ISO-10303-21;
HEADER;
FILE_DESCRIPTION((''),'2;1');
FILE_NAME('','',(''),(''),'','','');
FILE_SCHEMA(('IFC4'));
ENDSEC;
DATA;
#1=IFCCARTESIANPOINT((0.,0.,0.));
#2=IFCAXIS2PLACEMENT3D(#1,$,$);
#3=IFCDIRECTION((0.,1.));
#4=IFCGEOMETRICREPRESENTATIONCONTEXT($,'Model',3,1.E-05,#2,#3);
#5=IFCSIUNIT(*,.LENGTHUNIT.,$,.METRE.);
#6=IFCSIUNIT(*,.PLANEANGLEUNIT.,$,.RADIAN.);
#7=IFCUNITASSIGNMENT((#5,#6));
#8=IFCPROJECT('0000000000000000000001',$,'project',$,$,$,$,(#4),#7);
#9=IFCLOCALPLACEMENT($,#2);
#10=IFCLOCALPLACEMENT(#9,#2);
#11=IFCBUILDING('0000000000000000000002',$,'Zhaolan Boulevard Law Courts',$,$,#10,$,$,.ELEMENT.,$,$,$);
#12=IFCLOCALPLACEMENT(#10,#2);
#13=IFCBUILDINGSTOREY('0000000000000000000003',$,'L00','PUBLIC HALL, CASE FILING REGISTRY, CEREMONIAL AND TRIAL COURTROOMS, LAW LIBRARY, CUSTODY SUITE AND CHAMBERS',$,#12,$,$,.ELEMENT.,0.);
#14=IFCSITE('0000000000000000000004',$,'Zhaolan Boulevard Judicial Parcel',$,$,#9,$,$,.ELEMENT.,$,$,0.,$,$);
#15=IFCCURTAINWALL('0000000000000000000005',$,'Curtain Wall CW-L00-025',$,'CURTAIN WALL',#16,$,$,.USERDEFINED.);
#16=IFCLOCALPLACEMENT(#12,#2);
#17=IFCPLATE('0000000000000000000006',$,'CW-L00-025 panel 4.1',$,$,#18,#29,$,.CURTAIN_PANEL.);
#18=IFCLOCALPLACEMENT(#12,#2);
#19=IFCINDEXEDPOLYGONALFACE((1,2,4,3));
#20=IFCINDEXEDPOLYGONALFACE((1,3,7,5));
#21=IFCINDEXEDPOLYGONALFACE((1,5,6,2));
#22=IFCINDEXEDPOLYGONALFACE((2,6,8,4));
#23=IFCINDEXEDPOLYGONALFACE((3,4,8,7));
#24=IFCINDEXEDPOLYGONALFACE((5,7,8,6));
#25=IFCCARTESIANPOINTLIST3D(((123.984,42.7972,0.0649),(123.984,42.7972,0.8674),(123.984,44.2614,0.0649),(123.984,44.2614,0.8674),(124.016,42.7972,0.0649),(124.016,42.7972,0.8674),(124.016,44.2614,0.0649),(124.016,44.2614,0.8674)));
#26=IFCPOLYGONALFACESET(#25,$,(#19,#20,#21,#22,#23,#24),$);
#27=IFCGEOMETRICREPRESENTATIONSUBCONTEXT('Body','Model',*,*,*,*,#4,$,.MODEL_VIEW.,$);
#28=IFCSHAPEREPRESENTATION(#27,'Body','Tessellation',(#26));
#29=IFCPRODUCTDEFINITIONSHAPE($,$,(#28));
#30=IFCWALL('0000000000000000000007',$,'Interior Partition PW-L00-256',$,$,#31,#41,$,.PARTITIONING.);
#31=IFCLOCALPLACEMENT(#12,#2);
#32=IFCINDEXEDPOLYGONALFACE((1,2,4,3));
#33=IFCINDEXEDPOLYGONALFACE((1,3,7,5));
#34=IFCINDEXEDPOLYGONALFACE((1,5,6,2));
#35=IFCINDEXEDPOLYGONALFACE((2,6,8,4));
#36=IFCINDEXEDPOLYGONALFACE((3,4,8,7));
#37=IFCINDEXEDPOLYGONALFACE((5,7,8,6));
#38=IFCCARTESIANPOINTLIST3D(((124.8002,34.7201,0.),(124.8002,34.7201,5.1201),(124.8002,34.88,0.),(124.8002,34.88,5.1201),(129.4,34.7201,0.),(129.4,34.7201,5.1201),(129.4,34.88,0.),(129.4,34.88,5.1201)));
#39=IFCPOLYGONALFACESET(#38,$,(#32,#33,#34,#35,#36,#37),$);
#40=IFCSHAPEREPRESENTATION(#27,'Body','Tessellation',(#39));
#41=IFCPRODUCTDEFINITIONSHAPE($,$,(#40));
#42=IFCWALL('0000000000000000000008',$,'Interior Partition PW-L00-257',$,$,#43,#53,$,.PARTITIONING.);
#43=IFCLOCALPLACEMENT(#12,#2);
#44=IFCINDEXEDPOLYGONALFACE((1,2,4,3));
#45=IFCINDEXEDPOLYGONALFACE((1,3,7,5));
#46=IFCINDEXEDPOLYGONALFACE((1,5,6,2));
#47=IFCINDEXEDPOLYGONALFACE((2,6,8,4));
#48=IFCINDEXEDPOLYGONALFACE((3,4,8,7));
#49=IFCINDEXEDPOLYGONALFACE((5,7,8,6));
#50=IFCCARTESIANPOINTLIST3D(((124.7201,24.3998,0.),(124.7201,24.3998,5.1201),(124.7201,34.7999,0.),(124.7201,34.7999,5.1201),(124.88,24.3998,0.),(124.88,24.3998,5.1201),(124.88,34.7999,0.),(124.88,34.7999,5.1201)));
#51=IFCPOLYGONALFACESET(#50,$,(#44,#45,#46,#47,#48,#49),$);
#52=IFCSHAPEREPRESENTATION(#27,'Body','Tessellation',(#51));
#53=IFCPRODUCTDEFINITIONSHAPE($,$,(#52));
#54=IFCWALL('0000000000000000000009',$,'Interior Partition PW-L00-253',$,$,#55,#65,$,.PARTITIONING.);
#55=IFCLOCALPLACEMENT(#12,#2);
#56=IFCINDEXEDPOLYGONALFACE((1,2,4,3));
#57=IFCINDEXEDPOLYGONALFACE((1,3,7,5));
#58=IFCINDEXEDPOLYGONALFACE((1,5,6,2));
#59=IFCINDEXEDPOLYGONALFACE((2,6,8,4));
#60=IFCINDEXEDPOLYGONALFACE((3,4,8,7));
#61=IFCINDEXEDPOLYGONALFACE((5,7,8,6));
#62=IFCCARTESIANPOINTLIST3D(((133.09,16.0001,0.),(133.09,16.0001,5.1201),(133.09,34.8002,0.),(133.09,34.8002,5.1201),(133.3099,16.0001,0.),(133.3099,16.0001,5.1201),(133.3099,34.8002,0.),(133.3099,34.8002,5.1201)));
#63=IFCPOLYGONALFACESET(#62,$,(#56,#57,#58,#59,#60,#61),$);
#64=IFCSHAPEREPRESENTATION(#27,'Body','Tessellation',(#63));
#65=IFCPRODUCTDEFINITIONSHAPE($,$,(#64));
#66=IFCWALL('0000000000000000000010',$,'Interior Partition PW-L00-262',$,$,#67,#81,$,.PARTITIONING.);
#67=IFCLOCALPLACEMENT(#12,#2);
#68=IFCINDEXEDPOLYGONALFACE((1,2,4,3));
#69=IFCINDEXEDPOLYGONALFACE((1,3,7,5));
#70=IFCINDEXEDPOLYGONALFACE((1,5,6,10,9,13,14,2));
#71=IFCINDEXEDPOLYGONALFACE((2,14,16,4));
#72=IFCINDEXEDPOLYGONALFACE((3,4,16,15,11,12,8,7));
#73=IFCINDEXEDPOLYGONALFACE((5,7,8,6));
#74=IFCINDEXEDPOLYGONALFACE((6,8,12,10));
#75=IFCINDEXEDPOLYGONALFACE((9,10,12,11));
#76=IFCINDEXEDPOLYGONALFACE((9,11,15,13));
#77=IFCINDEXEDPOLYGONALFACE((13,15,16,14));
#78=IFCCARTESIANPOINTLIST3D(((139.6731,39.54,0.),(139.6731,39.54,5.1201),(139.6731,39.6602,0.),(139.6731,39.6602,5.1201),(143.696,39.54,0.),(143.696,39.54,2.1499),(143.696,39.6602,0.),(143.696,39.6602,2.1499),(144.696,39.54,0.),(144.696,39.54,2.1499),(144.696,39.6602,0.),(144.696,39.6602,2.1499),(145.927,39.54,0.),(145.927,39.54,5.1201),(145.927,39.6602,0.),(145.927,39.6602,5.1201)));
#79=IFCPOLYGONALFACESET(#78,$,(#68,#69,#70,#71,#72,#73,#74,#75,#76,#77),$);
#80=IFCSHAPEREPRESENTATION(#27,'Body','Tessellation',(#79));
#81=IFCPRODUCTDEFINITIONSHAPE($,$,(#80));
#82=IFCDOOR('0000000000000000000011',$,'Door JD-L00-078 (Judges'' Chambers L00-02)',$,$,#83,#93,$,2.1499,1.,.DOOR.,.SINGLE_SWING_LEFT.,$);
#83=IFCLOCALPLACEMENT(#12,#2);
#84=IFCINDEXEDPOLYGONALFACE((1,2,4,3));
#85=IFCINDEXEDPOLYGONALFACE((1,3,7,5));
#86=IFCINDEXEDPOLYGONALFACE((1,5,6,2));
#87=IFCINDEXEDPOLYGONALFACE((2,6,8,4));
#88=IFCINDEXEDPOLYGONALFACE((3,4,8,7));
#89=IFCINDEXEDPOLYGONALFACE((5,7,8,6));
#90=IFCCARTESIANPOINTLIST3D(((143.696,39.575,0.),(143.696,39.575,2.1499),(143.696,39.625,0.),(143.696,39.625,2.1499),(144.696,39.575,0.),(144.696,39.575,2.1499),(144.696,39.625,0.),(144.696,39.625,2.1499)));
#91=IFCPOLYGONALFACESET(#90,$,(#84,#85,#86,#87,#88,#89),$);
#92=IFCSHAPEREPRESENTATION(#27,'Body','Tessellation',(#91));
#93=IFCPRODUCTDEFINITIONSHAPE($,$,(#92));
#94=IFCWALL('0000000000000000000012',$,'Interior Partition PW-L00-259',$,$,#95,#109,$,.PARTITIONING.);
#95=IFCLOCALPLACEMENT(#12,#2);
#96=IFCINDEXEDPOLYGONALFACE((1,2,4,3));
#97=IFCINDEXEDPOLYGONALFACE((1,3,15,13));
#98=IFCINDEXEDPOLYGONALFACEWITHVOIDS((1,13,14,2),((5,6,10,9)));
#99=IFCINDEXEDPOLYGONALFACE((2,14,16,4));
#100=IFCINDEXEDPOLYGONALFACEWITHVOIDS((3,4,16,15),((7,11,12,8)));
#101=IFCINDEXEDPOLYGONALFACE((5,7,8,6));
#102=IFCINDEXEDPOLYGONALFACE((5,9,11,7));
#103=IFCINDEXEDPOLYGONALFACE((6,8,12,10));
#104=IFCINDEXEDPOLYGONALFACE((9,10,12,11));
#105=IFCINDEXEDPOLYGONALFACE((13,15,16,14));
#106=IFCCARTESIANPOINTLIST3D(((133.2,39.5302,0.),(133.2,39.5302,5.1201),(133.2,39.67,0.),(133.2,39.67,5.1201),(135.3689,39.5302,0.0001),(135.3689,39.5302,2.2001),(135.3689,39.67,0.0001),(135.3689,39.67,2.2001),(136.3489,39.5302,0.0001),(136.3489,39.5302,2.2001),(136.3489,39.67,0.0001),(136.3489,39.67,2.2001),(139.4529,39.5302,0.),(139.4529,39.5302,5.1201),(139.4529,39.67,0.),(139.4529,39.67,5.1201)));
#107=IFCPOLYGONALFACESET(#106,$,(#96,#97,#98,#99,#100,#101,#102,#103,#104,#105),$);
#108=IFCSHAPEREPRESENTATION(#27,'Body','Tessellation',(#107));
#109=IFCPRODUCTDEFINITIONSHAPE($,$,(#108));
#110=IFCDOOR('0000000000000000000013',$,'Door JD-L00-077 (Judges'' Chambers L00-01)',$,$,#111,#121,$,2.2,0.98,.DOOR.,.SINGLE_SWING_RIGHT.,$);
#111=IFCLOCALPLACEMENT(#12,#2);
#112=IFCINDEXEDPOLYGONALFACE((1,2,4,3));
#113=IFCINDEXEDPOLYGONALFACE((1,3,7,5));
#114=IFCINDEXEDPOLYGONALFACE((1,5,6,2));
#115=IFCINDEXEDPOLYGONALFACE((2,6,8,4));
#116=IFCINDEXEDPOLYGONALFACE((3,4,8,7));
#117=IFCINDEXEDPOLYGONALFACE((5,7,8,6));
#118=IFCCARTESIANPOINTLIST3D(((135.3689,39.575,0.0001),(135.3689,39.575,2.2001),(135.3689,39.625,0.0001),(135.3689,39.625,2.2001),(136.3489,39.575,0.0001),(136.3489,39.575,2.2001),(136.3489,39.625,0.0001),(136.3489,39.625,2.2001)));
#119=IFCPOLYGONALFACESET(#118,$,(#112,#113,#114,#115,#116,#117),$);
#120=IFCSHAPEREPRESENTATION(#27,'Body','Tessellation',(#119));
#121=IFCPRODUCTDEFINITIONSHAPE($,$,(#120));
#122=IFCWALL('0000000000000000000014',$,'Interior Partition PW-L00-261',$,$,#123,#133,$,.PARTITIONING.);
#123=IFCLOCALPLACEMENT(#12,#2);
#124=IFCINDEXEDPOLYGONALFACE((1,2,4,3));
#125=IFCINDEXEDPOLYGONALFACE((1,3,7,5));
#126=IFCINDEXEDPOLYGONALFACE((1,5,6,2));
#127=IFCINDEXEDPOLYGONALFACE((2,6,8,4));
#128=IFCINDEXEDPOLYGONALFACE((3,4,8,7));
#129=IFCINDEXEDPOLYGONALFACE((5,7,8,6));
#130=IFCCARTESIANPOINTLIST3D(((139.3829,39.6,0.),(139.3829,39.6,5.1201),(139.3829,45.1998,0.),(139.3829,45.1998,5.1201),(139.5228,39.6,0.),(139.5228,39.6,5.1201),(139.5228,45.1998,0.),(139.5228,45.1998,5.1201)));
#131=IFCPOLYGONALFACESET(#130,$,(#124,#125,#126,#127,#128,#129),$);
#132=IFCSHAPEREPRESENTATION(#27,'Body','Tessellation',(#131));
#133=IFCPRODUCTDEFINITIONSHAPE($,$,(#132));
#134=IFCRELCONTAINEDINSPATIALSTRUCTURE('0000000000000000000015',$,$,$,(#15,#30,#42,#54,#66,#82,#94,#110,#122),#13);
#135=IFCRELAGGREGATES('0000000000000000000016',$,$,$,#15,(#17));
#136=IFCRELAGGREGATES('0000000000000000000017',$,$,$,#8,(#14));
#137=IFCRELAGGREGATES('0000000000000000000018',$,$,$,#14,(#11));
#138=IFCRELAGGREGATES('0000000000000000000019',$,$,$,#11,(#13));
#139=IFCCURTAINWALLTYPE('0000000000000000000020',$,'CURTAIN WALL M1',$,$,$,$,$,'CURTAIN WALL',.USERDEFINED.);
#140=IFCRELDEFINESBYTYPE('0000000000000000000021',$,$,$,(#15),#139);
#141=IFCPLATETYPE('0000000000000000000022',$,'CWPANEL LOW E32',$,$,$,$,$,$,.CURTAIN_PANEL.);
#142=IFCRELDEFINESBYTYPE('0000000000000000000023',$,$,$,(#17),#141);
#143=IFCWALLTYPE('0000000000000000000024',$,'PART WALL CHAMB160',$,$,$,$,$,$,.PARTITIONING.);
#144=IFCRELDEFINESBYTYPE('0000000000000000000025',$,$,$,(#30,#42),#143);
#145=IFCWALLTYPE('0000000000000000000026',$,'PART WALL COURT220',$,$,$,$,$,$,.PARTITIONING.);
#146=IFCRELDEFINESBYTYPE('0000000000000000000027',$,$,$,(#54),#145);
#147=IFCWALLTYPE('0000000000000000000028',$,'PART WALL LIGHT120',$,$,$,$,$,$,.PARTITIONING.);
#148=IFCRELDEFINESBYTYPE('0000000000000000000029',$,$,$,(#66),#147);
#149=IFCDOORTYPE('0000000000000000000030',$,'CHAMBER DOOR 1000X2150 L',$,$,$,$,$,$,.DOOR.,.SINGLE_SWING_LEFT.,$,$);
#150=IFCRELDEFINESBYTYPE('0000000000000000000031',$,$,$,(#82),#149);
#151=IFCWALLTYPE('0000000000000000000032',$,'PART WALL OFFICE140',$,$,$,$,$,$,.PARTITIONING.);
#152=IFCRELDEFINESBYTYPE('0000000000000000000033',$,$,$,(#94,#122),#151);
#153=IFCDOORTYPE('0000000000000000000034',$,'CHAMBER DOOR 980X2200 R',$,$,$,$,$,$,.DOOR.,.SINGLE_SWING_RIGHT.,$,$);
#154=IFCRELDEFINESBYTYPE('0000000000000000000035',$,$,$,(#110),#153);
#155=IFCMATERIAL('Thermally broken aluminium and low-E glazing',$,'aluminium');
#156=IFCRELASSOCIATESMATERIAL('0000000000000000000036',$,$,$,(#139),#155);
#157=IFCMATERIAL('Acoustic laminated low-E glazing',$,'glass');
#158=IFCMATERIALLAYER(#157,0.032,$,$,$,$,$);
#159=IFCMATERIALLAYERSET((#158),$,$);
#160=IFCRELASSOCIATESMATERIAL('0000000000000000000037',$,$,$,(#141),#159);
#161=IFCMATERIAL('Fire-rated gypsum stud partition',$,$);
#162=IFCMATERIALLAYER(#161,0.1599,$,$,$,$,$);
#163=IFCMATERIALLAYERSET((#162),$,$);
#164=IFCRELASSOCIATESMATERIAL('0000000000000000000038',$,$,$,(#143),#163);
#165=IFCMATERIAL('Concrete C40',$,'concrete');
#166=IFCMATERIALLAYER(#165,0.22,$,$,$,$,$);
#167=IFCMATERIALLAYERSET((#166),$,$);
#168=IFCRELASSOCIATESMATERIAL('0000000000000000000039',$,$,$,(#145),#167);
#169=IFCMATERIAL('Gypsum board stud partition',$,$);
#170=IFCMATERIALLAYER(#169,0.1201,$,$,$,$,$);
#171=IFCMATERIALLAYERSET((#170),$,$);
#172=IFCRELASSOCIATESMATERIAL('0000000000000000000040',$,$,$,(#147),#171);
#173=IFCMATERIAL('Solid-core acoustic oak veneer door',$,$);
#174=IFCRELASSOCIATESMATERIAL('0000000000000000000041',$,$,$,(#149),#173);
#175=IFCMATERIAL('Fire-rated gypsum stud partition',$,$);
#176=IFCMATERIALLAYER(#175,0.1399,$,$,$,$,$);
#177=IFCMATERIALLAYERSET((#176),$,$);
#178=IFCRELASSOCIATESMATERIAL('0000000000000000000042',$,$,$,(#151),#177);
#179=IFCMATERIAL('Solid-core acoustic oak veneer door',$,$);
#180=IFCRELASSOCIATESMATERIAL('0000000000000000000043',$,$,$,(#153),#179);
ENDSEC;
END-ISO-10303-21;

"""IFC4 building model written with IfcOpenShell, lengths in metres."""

from ifc_helpers import new_model, si_unit, direction, frame, frame_2d, origin, origin_2d, place, context, subcontext, project, spatial, rectangle, extrude, material, layer, layer_set, type_object, element, fill, aggregate, save


model = new_model("IFC4")

# Units and contexts
model_context = context("Model", 3, precision=1e-05, world=origin(), true_north=direction((0.0, 1.0)))
body_context = subcontext(model_context, "Body", "Model", "MODEL_VIEW")
ifc_project = project(units=[si_unit("LENGTHUNIT", "METRE"), si_unit("PLANEANGLEUNIT", "RADIAN")], contexts=[model_context])

# Site, building, storey
site_placement = place(None, origin())
site = spatial("IfcSite", under=ifc_project, at=site_placement, Name="Zhaolan Boulevard Judicial Parcel", CompositionType="ELEMENT", RefElevation=0.0)
building_placement = place(site_placement, origin())
building = spatial("IfcBuilding", under=site, at=building_placement, Name="Zhaolan Boulevard Law Courts", CompositionType="ELEMENT")
storey_placement = place(building_placement, origin())
storey = spatial("IfcBuildingStorey", under=building, at=storey_placement, Name="L00", Description="PUBLIC HALL, CASE FILING REGISTRY, CEREMONIAL AND TRIAL COURTROOMS, LAW LIBRARY, CUSTODY SUITE AND CHAMBERS", CompositionType="ELEMENT", Elevation=0.0)

# Curtain wall
ifc_material_1 = material(Name="Thermally broken aluminium and low-E glazing", Category="aluminium")
curtain_wall_type = type_object("IfcCurtainWallType", Name="CURTAIN WALL M1", ElementType="CURTAIN WALL", PredefinedType="USERDEFINED", material=ifc_material_1)
curtain_wall_placement = place(storey_placement, origin())
curtain_wall = element("IfcCurtainWall", 1, at=curtain_wall_placement, inside=storey, type_object=curtain_wall_type, Name="Curtain Wall CW-L00-025", ObjectType="CURTAIN WALL", PredefinedType="USERDEFINED")

# Plate
ifc_material_2 = material(Name="Acoustic laminated low-E glazing", Category="glass")
ifc_layer_1 = layer(ifc_material_2, 0.032)
ifc_layer_set_1 = layer_set([ifc_layer_1])
plate_type = type_object("IfcPlateType", Name="CWPANEL LOW E32", PredefinedType="CURTAIN_PANEL", material=ifc_layer_set_1)
plate_1_placement = place(storey_placement, frame((124.0, 43.5293, 0.0649), z_axis=(0.0, 0.0, 1.0), x_axis=(0.0, 1.0, 0.0)))
plate_1 = element("IfcPlate", 2, at=plate_1_placement, type_object=plate_type, Name="CW-L00-025 panel 4.1", PredefinedType="CURTAIN_PANEL", context=body_context, shape_type="SweptSolid", body=[
    extrude(rectangle(XDim=1.4641, YDim=0.032, at=origin_2d()), origin(), (0.0, 0.0, 1.0), 0.8025),
])
aggregate(curtain_wall, [plate_1])

# Walls
ifc_material_3 = material(Name="Fire-rated gypsum stud partition")
ifc_layer_2 = layer(ifc_material_3, 0.1599)
ifc_layer_set_2 = layer_set([ifc_layer_2])
wall_type_1 = type_object("IfcWallType", Name="PART WALL CHAMB160", PredefinedType="PARTITIONING", material=ifc_layer_set_2)
wall_1_placement = place(storey_placement, frame((129.3999, 34.8, 0.0), z_axis=(0.0, 0.0, 1.0), x_axis=(-1.0, 0.0, 0.0)))
element("IfcWall", 3, at=wall_1_placement, inside=storey, type_object=wall_type_1, Name="Interior Partition PW-L00-256", PredefinedType="PARTITIONING", context=body_context, shape_type="SweptSolid", body=[
    extrude(rectangle(XDim=4.5999, YDim=0.1599, at=frame_2d((2.2998, 0.0))), origin(), (0.0, 0.0, 1.0), 5.1201),
])
wall_2_placement = place(storey_placement, frame((124.8, 34.8, 0.0), z_axis=(0.0, 0.0, 1.0), x_axis=(0.0, -1.0, 0.0)))
element("IfcWall", 4, at=wall_2_placement, inside=storey, type_object=wall_type_1, Name="Interior Partition PW-L00-257", PredefinedType="PARTITIONING", context=body_context, shape_type="SweptSolid", body=[
    extrude(rectangle(XDim=10.4001, YDim=0.1599, at=frame_2d((5.2002, 0.0))), origin(), (0.0, 0.0, 1.0), 5.1201),
])
ifc_material_4 = material(Name="Concrete C40", Category="concrete")
ifc_layer_3 = layer(ifc_material_4, 0.22)
ifc_layer_set_3 = layer_set([ifc_layer_3])
wall_type_2 = type_object("IfcWallType", Name="PART WALL COURT220", PredefinedType="PARTITIONING", material=ifc_layer_set_3)
wall_3_placement = place(storey_placement, frame((133.2, 34.8, 0.0), z_axis=(0.0, 0.0, 1.0), x_axis=(0.0, -1.0, 0.0)))
element("IfcWall", 5, at=wall_3_placement, inside=storey, type_object=wall_type_2, Name="Interior Partition PW-L00-253", PredefinedType="PARTITIONING", context=body_context, shape_type="SweptSolid", body=[
    extrude(rectangle(XDim=18.8, YDim=0.22, at=frame_2d((9.3999, 0.0))), origin(), (0.0, 0.0, 1.0), 5.1201),
])

# Walls, openings, doors
ifc_material_5 = material(Name="Gypsum board stud partition")
ifc_layer_4 = layer(ifc_material_5, 0.1201)
ifc_layer_set_4 = layer_set([ifc_layer_4])
wall_type_3 = type_object("IfcWallType", Name="PART WALL LIGHT120", PredefinedType="PARTITIONING", material=ifc_layer_set_4)
wall_4_placement = place(storey_placement, frame((139.6731, 39.6001, 0.0), z_axis=(0.0, 0.0, 1.0), x_axis=(1.0, 0.0, 0.0)))
wall_4 = element("IfcWall", 6, at=wall_4_placement, inside=storey, type_object=wall_type_3, Name="Interior Partition PW-L00-262", PredefinedType="PARTITIONING", context=body_context, shape_type="SweptSolid", body=[
    extrude(rectangle(XDim=6.2539, YDim=0.1201, at=frame_2d((3.127, 0.0))), origin(), (0.0, 0.0, 1.0), 5.1201),
])
opening_1_placement = place(wall_4_placement, frame((4.0229, 0.0, 0.0)))
opening_1 = element("IfcOpeningElement", 7, at=opening_1_placement, cuts=wall_4, PredefinedType="OPENING", context=body_context, shape_type="SweptSolid", body=[
    extrude(rectangle(XDim=1.0, YDim=2.1499, at=frame_2d((0.5, 1.075))), frame((0.0, 0.0701, 0.0), z_axis=(0.0, -1.0, 0.0), x_axis=(1.0, 0.0, 0.0)), (0.0, 0.0, 1.0), 0.1401),
])
ifc_material_6 = material(Name="Solid-core acoustic oak veneer door")
door_type_1 = type_object("IfcDoorType", Name="CHAMBER DOOR 1000X2150 L", OperationType="SINGLE_SWING_LEFT", PredefinedType="DOOR", material=ifc_material_6)
door_1_placement = place(opening_1_placement, origin())
door_1 = element("IfcDoor", 8, at=door_1_placement, inside=storey, type_object=door_type_1, Name="Door JD-L00-078 (Judges' Chambers L00-02)", OperationType="SINGLE_SWING_LEFT", OverallHeight=2.1499, OverallWidth=1.0, PredefinedType="DOOR", context=body_context, shape_type="SweptSolid", body=[
    extrude(rectangle(XDim=1.0, YDim=2.1499, at=frame_2d((0.5, 1.075))), frame((0.0, 0.0249, 0.0), z_axis=(0.0, -1.0, 0.0), x_axis=(1.0, 0.0, 0.0)), (0.0, 0.0, 1.0), 0.05),
])
fill(opening_1, door_1)
ifc_material_7 = material(Name="Fire-rated gypsum stud partition")
ifc_layer_5 = layer(ifc_material_7, 0.1399)
ifc_layer_set_5 = layer_set([ifc_layer_5])
wall_type_4 = type_object("IfcWallType", Name="PART WALL OFFICE140", PredefinedType="PARTITIONING", material=ifc_layer_set_5)
wall_5_placement = place(storey_placement, frame((133.2, 39.6001, 0.0), z_axis=(0.0, 0.0, 1.0), x_axis=(1.0, 0.0, 0.0)))
wall_5 = element("IfcWall", 9, at=wall_5_placement, inside=storey, type_object=wall_type_4, Name="Interior Partition PW-L00-259", PredefinedType="PARTITIONING", context=body_context, shape_type="SweptSolid", body=[
    extrude(rectangle(XDim=6.2529, YDim=0.1399, at=frame_2d((3.1265, 0.0))), origin(), (0.0, 0.0, 1.0), 5.1201),
])
opening_2_placement = place(wall_5_placement, frame((2.1689, 0.0, 0.0)))
opening_2 = element("IfcOpeningElement", 10, at=opening_2_placement, cuts=wall_5, PredefinedType="OPENING", context=body_context, shape_type="SweptSolid", body=[
    extrude(rectangle(XDim=0.98, YDim=2.2, at=frame_2d((0.49, 1.1001))), frame((0.0, 0.0798, 0.0), z_axis=(0.0, -1.0, 0.0), x_axis=(1.0, 0.0, 0.0)), (0.0, 0.0, 1.0), 0.1599),
])
ifc_material_8 = material(Name="Solid-core acoustic oak veneer door")
door_type_2 = type_object("IfcDoorType", Name="CHAMBER DOOR 980X2200 R", OperationType="SINGLE_SWING_RIGHT", PredefinedType="DOOR", material=ifc_material_8)
door_2_placement = place(opening_2_placement, origin())
door_2 = element("IfcDoor", 11, at=door_2_placement, inside=storey, type_object=door_type_2, Name="Door JD-L00-077 (Judges' Chambers L00-01)", OperationType="SINGLE_SWING_RIGHT", OverallHeight=2.2, OverallWidth=0.98, PredefinedType="DOOR", context=body_context, shape_type="SweptSolid", body=[
    extrude(rectangle(XDim=0.98, YDim=2.2, at=frame_2d((0.49, 1.1001))), frame((0.0, 0.0249, 0.0), z_axis=(0.0, -1.0, 0.0), x_axis=(1.0, 0.0, 0.0)), (0.0, 0.0, 1.0), 0.05),
])
fill(opening_2, door_2)

# Wall
wall_6_placement = place(storey_placement, frame((139.4529, 39.6001, 0.0), z_axis=(0.0, 0.0, 1.0), x_axis=(0.0, 1.0, 0.0)))
element("IfcWall", 12, at=wall_6_placement, inside=storey, type_object=wall_type_4, Name="Interior Partition PW-L00-261", PredefinedType="PARTITIONING", context=body_context, shape_type="SweptSolid", body=[
    extrude(rectangle(XDim=5.5999, YDim=0.1399, at=frame_2d((2.7998, 0.0))), origin(), (0.0, 0.0, 1.0), 5.1201),
])

save(model, "model.ifc")
